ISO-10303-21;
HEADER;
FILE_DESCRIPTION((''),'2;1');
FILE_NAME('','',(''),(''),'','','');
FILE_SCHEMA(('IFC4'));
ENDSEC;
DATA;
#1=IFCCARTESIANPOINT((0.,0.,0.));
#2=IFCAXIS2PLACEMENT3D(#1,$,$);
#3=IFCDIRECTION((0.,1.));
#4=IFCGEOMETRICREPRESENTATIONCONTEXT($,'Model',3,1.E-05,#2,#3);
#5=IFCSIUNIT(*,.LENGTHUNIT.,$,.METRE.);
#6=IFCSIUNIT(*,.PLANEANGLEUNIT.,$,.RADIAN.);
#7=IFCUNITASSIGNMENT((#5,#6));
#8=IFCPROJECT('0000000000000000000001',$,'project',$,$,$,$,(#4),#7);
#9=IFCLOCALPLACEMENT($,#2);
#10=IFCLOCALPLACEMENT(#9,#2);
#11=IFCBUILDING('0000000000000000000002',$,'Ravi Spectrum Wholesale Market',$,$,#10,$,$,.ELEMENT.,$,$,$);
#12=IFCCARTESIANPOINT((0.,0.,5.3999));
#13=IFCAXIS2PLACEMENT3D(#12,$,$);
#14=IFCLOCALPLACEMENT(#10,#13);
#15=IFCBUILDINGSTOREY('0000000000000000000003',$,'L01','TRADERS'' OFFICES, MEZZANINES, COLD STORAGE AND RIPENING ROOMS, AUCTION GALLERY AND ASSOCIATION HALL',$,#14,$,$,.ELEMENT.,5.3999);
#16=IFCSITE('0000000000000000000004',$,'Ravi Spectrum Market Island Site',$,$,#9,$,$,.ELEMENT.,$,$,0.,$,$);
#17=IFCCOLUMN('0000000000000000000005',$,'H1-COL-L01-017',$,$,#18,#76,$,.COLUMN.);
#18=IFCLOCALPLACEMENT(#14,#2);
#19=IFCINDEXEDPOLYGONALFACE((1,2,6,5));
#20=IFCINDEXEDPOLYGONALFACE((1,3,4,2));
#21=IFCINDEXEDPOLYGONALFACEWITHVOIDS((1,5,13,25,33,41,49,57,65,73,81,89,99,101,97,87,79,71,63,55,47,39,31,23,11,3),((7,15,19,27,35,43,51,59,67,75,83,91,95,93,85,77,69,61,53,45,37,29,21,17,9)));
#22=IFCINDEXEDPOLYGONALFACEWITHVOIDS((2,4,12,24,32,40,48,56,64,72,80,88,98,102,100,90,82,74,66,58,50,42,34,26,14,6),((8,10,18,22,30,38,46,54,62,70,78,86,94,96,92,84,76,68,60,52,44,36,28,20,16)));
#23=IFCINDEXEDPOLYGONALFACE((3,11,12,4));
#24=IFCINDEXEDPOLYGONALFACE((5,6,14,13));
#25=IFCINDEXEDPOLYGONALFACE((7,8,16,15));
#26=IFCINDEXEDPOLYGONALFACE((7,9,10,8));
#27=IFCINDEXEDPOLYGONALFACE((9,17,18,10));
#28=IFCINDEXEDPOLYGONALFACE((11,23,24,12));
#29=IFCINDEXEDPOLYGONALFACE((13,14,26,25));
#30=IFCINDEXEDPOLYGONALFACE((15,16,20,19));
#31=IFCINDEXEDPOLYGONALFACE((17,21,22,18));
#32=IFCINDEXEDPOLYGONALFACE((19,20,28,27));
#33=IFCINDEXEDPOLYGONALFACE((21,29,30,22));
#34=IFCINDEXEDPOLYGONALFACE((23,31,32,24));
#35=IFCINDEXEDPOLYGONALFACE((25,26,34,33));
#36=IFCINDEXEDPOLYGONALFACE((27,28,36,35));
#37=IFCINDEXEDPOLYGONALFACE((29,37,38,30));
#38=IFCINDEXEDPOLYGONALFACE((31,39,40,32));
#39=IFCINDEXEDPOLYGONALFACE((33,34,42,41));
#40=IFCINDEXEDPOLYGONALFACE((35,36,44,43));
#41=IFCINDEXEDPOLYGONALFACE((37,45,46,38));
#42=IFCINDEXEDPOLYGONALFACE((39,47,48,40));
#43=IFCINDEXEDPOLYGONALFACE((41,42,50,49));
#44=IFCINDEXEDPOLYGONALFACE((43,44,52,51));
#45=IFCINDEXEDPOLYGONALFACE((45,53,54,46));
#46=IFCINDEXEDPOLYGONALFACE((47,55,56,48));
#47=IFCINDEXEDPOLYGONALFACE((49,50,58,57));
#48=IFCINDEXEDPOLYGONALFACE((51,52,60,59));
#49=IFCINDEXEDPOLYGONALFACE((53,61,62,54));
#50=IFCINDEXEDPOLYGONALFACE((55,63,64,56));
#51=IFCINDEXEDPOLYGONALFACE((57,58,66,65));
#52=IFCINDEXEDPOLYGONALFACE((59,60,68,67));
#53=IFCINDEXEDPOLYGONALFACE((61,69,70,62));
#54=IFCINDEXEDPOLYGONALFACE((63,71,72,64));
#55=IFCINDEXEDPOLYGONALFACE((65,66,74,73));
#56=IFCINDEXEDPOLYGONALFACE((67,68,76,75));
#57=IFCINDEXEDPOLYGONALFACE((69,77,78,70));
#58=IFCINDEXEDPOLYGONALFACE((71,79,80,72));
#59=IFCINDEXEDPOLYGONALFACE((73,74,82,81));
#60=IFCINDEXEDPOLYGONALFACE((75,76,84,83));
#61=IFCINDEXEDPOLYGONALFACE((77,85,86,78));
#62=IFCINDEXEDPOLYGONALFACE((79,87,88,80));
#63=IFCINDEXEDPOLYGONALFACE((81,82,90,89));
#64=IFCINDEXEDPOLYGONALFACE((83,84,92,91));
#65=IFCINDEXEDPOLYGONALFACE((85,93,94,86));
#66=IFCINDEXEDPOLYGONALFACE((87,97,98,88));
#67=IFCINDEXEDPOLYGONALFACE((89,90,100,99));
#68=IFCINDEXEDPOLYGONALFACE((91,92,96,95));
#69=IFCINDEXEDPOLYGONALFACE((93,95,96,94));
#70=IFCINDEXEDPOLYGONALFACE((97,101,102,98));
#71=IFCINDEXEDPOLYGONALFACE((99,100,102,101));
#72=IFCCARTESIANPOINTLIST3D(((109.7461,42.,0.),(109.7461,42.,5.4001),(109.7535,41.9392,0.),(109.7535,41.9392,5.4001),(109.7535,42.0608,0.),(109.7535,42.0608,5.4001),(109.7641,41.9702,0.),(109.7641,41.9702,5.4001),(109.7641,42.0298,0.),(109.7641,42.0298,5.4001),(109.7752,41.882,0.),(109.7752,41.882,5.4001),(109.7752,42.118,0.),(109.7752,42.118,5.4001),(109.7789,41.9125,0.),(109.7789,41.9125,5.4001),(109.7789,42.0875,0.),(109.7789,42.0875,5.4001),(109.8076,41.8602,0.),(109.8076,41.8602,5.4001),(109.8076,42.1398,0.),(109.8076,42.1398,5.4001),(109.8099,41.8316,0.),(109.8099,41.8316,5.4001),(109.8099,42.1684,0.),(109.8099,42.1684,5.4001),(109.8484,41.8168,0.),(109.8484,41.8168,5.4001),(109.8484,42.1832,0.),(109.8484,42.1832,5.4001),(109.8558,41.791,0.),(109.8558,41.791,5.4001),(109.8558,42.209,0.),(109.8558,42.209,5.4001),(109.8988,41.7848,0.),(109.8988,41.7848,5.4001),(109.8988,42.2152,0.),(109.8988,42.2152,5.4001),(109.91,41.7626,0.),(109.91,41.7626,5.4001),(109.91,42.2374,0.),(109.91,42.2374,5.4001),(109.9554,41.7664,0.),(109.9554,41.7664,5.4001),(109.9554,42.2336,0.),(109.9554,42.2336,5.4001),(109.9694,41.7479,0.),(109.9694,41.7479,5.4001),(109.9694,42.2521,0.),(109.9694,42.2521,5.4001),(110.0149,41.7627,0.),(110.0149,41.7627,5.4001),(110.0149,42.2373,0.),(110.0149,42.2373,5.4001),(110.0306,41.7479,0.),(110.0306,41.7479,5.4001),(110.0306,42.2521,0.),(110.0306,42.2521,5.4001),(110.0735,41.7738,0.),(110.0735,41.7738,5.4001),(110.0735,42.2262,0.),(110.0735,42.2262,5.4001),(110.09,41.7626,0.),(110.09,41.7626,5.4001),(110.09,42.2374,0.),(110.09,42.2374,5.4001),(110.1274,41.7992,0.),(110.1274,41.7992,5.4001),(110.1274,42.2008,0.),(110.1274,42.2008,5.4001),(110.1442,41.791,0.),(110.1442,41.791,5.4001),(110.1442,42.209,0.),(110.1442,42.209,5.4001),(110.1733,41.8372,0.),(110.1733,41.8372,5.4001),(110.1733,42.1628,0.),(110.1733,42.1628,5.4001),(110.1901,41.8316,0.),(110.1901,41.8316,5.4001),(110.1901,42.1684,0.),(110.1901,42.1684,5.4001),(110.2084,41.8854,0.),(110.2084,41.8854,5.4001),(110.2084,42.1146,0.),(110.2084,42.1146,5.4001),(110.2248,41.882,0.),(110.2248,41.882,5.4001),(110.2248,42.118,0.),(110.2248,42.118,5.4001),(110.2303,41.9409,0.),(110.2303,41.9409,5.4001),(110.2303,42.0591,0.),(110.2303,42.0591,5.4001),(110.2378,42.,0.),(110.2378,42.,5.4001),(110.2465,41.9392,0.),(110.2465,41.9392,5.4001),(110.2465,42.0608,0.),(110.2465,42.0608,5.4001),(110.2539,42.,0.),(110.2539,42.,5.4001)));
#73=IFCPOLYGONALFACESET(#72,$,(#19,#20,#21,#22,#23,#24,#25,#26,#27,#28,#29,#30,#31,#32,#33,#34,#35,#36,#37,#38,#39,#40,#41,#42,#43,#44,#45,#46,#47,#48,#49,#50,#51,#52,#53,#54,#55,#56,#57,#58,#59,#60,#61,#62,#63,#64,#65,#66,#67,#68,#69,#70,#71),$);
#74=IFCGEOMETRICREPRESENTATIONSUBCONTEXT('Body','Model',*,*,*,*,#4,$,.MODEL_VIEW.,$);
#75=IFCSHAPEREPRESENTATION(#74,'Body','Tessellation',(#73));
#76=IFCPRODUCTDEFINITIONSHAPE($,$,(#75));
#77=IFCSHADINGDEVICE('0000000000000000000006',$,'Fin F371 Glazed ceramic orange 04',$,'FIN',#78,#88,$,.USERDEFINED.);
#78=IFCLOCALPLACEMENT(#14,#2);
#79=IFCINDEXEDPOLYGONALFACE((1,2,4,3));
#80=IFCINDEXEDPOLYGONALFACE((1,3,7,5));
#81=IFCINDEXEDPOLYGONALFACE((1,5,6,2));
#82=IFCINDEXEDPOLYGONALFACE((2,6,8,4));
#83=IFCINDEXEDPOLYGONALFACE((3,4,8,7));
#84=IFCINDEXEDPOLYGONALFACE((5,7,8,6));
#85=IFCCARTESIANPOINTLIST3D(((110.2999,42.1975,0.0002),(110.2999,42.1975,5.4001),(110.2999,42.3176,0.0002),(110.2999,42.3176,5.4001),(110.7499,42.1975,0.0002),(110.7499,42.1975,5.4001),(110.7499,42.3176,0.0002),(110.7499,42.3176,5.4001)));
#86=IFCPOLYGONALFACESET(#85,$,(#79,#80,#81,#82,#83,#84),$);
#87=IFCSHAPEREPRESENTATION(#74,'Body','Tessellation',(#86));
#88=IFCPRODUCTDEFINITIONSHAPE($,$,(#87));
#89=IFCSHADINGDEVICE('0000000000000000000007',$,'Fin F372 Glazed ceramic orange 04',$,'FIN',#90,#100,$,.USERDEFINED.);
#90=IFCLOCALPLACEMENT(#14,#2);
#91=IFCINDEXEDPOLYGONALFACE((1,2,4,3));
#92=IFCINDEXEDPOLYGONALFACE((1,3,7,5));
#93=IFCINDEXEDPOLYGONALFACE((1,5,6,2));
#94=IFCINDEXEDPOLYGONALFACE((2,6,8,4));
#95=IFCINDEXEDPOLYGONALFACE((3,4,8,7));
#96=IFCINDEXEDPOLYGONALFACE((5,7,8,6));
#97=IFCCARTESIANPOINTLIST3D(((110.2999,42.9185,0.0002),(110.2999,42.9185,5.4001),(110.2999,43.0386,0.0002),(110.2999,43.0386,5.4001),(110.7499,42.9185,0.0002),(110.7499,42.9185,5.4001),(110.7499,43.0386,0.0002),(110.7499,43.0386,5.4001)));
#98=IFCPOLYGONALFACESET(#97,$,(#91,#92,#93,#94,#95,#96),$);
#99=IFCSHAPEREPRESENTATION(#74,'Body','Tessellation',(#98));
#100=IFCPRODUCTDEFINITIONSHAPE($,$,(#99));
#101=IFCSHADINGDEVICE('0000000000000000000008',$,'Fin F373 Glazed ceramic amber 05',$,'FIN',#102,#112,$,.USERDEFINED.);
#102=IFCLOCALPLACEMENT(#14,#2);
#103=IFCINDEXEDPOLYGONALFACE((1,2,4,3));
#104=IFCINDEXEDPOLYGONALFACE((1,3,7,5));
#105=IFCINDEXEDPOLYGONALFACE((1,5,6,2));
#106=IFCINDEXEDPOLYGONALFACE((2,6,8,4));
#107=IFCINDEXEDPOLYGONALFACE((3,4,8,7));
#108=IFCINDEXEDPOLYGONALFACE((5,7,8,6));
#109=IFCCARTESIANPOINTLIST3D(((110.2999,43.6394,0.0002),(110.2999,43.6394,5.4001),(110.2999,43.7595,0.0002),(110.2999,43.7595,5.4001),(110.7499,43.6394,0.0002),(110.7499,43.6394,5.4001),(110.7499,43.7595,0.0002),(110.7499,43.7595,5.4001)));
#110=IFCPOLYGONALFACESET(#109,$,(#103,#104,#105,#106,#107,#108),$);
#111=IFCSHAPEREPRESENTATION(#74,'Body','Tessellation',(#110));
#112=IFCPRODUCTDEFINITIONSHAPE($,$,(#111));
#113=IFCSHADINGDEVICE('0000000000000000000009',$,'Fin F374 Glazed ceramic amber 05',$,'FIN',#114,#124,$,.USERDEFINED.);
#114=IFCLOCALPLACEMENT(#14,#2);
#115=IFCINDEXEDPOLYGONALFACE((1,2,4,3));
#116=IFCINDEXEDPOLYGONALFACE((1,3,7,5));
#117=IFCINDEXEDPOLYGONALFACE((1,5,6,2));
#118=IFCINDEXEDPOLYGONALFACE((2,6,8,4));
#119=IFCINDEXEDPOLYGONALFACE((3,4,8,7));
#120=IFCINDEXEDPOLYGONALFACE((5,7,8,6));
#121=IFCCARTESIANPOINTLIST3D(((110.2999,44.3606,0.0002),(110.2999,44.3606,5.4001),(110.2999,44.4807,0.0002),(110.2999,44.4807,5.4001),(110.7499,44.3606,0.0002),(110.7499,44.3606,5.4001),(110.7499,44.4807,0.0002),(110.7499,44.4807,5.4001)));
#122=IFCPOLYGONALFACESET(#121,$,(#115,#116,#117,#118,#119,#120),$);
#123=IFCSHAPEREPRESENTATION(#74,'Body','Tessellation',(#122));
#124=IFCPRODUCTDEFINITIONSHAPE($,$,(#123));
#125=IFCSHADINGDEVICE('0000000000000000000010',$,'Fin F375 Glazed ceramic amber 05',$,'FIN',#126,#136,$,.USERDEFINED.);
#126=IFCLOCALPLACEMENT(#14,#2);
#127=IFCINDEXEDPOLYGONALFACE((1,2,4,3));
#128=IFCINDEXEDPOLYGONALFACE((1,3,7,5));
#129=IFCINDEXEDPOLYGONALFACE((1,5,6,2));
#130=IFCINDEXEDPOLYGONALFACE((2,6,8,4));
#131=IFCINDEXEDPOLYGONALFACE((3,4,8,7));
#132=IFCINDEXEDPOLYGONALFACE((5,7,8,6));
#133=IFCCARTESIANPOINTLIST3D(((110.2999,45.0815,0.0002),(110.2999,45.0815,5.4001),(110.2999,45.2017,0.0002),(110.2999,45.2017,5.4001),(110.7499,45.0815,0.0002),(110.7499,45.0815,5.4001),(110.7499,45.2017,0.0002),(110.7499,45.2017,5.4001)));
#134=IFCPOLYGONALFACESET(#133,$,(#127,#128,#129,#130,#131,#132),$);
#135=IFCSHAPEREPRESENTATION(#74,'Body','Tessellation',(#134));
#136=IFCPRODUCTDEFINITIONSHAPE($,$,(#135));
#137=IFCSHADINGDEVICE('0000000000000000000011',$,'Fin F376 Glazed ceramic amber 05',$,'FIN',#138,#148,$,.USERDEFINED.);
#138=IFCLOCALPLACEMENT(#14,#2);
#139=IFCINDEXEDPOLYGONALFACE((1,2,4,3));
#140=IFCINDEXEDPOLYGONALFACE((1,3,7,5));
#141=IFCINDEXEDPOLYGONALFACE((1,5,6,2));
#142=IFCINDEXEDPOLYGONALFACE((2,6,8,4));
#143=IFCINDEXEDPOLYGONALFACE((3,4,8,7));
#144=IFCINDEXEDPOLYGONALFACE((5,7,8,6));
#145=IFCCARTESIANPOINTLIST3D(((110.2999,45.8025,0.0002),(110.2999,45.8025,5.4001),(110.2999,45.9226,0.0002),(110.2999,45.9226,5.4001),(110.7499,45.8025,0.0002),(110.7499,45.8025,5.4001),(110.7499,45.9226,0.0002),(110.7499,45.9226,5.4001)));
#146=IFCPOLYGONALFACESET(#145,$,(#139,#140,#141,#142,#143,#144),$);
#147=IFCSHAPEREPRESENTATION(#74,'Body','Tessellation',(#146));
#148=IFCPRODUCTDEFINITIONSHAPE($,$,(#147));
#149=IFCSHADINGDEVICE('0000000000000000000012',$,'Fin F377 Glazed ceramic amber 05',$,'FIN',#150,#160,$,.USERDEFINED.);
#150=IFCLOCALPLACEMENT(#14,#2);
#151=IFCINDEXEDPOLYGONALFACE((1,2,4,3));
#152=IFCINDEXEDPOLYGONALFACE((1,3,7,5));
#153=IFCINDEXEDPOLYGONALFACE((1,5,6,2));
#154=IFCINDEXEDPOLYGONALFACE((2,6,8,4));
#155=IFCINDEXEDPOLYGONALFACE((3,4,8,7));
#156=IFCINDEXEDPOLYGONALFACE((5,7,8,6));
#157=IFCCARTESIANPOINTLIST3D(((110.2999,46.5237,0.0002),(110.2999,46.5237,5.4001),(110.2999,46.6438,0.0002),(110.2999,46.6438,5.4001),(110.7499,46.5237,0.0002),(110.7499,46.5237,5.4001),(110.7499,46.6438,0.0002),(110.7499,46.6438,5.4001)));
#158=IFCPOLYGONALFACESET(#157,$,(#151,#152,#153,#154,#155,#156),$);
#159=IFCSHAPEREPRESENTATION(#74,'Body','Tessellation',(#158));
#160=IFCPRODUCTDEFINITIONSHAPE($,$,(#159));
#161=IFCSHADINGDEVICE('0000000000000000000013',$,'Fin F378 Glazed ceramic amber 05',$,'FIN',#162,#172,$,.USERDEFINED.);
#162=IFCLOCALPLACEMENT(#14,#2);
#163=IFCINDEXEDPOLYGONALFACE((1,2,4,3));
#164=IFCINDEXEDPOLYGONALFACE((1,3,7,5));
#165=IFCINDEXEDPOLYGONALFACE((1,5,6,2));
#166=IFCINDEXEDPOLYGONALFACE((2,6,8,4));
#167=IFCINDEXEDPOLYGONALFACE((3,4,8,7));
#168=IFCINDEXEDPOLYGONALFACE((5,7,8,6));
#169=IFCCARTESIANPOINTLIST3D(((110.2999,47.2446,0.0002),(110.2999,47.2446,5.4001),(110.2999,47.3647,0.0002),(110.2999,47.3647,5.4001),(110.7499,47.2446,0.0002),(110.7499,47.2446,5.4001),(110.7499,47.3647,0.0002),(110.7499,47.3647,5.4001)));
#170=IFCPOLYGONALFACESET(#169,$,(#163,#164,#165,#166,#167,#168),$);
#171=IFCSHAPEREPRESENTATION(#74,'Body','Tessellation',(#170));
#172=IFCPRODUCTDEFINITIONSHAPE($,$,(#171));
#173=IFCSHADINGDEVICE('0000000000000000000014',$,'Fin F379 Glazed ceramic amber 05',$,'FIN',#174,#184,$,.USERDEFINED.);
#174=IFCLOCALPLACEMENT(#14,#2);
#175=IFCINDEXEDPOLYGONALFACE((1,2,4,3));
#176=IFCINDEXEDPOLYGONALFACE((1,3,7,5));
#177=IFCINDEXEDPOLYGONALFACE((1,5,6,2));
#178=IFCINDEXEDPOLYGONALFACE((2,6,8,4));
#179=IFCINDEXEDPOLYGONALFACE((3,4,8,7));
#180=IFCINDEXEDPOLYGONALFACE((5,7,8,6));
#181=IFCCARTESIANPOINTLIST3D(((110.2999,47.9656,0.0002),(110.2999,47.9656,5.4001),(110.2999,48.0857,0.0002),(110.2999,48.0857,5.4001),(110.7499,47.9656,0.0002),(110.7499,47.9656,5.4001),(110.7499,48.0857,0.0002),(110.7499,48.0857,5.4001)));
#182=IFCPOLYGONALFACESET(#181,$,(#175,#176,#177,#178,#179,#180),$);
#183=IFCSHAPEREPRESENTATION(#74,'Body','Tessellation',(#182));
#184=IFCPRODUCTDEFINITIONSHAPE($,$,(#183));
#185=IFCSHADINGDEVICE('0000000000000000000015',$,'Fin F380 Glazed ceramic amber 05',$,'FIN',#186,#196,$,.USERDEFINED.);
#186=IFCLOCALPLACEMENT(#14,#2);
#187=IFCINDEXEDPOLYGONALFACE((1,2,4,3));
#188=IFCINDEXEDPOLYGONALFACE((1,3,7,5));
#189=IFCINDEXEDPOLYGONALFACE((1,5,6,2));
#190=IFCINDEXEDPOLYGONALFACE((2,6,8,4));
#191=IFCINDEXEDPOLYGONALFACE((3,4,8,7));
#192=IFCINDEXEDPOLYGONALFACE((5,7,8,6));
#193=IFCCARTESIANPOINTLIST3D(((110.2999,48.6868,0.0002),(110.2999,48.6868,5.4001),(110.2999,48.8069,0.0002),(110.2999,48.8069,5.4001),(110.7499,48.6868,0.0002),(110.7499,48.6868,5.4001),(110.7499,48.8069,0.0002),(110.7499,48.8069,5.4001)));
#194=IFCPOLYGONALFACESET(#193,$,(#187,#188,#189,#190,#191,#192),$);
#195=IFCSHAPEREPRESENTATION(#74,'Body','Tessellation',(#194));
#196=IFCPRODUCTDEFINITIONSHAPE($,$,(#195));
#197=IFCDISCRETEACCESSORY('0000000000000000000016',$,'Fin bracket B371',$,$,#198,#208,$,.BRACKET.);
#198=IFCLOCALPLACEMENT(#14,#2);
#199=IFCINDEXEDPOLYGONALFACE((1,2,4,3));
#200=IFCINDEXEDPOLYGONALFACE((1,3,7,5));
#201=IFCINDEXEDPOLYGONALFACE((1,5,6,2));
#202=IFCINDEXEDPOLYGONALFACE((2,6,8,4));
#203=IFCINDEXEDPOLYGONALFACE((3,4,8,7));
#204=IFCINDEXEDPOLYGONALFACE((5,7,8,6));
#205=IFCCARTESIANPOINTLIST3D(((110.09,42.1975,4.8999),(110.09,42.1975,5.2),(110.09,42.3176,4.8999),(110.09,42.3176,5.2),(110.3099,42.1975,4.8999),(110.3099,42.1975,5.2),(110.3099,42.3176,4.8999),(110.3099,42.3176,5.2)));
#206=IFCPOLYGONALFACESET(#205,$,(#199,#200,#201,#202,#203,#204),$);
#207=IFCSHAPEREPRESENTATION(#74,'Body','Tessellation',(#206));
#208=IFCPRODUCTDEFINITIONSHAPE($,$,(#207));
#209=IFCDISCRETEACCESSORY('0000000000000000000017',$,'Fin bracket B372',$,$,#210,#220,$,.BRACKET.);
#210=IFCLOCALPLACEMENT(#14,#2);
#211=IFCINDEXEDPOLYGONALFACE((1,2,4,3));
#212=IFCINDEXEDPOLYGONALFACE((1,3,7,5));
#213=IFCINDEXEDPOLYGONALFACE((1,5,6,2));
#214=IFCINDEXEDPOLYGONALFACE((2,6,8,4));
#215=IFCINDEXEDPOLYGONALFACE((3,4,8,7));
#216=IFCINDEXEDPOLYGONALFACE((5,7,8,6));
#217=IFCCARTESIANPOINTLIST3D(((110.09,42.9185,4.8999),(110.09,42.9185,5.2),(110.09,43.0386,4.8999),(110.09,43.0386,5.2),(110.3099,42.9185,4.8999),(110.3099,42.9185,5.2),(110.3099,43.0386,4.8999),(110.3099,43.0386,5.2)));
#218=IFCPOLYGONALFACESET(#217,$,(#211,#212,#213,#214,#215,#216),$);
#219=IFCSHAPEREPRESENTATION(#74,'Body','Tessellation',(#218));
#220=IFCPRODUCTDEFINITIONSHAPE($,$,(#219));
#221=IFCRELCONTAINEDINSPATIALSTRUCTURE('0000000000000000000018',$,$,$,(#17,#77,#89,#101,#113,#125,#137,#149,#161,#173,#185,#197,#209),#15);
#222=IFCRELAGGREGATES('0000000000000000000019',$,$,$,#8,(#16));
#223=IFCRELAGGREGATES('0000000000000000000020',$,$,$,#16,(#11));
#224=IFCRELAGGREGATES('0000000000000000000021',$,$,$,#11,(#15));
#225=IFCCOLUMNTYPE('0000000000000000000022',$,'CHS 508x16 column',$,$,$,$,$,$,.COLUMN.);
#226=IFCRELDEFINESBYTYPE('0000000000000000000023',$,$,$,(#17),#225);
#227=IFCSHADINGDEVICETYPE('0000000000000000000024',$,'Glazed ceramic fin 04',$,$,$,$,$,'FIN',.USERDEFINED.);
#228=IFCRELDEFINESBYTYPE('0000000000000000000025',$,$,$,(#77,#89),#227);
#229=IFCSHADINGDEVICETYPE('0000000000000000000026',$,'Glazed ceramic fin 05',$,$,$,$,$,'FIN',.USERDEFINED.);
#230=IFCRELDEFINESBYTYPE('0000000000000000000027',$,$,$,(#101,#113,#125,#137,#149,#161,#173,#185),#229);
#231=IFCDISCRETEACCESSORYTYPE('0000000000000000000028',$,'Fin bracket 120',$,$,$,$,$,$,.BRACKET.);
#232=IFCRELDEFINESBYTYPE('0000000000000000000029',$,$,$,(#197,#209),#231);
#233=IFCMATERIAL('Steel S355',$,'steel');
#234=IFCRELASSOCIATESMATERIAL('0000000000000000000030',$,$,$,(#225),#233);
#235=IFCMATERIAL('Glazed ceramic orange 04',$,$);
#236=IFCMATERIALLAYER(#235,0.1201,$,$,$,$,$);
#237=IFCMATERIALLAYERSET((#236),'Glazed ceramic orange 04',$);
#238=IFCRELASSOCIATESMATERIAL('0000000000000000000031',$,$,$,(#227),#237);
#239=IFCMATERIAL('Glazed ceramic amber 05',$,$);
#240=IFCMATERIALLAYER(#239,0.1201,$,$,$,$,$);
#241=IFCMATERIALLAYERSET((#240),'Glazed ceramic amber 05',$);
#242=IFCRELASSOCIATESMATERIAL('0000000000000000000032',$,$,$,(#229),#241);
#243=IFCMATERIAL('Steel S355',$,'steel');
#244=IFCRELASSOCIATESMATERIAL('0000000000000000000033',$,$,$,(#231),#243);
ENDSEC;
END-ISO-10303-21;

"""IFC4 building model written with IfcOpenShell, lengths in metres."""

from ifc_helpers import new_model, si_unit, direction, frame, origin, origin_2d, place, context, subcontext, project, spatial, rectangle, hollow_circle, extrude, material, layer, layer_set, material_profile, profile_set, type_object, element, save


model = new_model("IFC4")

# Units and contexts
model_context = context("Model", 3, precision=1e-05, world=origin(), true_north=direction((0.0, 1.0)))
body_context = subcontext(model_context, "Body", "Model", "MODEL_VIEW")
ifc_project = project(units=[si_unit("LENGTHUNIT", "METRE"), si_unit("PLANEANGLEUNIT", "RADIAN")], contexts=[model_context])

# Site, building, storey
site_placement = place(None, origin())
site = spatial("IfcSite", under=ifc_project, at=site_placement, Name="Ravi Spectrum Market Island Site", CompositionType="ELEMENT", RefElevation=0.0)
building_placement = place(site_placement, origin())
building = spatial("IfcBuilding", under=site, at=building_placement, Name="Ravi Spectrum Wholesale Market", CompositionType="ELEMENT")
storey_placement = place(building_placement, frame((0.0, 0.0, 5.3999)))
storey = spatial("IfcBuildingStorey", under=building, at=storey_placement, Name="L01", Description="TRADERS' OFFICES, MEZZANINES, COLD STORAGE AND RIPENING ROOMS, AUCTION GALLERY AND ASSOCIATION HALL", CompositionType="ELEMENT", Elevation=5.3999)

# Column
ifc_material_1 = material(Name="Steel S355", Category="steel")
ifc_material_profile_1 = material_profile(ifc_material_1, hollow_circle(Radius=0.2539, WallThickness=0.0161, at=origin_2d()))
ifc_profile_set_1 = profile_set([ifc_material_profile_1], Name="Steel S355")
column_type = type_object("IfcColumnType", Name="CHS 508x16 column", PredefinedType="COLUMN", material=ifc_profile_set_1)
column_placement = place(storey_placement, frame((110.0, 42.0, 0.0), z_axis=(0.0, 0.0, 1.0), x_axis=(1.0, 0.0, 0.0)))
element("IfcColumn", 1, at=column_placement, inside=storey, type_object=column_type, Name="H1-COL-L01-017", PredefinedType="COLUMN", context=body_context, shape_type="SweptSolid", body=[
    extrude(hollow_circle(Radius=0.2539, WallThickness=0.0161, at=origin_2d()), origin(), (0.0, 0.0, 1.0), 5.4001),
])

# Shading devices
ifc_material_2 = material(Name="Glazed ceramic orange 04")
ifc_layer_1 = layer(ifc_material_2, 0.1201)
ifc_layer_set_1 = layer_set([ifc_layer_1], Name="Glazed ceramic orange 04")
shading_device_type_1 = type_object("IfcShadingDeviceType", Name="Glazed ceramic fin 04", ElementType="FIN", PredefinedType="USERDEFINED", material=ifc_layer_set_1)
for number, where, z_axis, x_axis, name in (
    (2, (110.5249, 42.2576, 0.0002), (0.0, 0.0, 1.0), (0.0, 1.0, 0.0), "Fin F371 Glazed ceramic orange 04"),
    (3, (110.5249, 42.9785, 0.0002), (0.0, 0.0, 1.0), (0.0, 1.0, 0.0), "Fin F372 Glazed ceramic orange 04"),
):
    element("IfcShadingDevice", number, at=place(storey_placement, frame(where, z_axis=z_axis, x_axis=x_axis)), inside=storey, type_object=shading_device_type_1, Name=name, ObjectType="FIN", PredefinedType="USERDEFINED", context=body_context, shape_type="SweptSolid", body=[
        extrude(rectangle(XDim=0.1201, YDim=0.45, at=origin_2d()), origin(), (0.0, 0.0, 1.0), 5.3999),
    ])
ifc_material_3 = material(Name="Glazed ceramic amber 05")
ifc_layer_2 = layer(ifc_material_3, 0.1201)
ifc_layer_set_2 = layer_set([ifc_layer_2], Name="Glazed ceramic amber 05")
shading_device_type_2 = type_object("IfcShadingDeviceType", Name="Glazed ceramic fin 05", ElementType="FIN", PredefinedType="USERDEFINED", material=ifc_layer_set_2)
for number, where, z_axis, x_axis, name in (
    (4, (110.5249, 43.6995, 0.0002), (0.0, 0.0, 1.0), (0.0, 1.0, 0.0), "Fin F373 Glazed ceramic amber 05"),
    (5, (110.5249, 44.4207, 0.0002), (0.0, 0.0, 1.0), (0.0, 1.0, 0.0), "Fin F374 Glazed ceramic amber 05"),
    (6, (110.5249, 45.1416, 0.0002), (0.0, 0.0, 1.0), (0.0, 1.0, 0.0), "Fin F375 Glazed ceramic amber 05"),
    (7, (110.5249, 45.8625, 0.0002), (0.0, 0.0, 1.0), (0.0, 1.0, 0.0), "Fin F376 Glazed ceramic amber 05"),
    (8, (110.5249, 46.5837, 0.0002), (0.0, 0.0, 1.0), (0.0, 1.0, 0.0), "Fin F377 Glazed ceramic amber 05"),
    (9, (110.5249, 47.3047, 0.0002), (0.0, 0.0, 1.0), (0.0, 1.0, 0.0), "Fin F378 Glazed ceramic amber 05"),
    (10, (110.5249, 48.0256, 0.0002), (0.0, 0.0, 1.0), (0.0, 1.0, 0.0), "Fin F379 Glazed ceramic amber 05"),
    (11, (110.5249, 48.7468, 0.0002), (0.0, 0.0, 1.0), (0.0, 1.0, 0.0), "Fin F380 Glazed ceramic amber 05"),
):
    element("IfcShadingDevice", number, at=place(storey_placement, frame(where, z_axis=z_axis, x_axis=x_axis)), inside=storey, type_object=shading_device_type_2, Name=name, ObjectType="FIN", PredefinedType="USERDEFINED", context=body_context, shape_type="SweptSolid", body=[
        extrude(rectangle(XDim=0.1201, YDim=0.45, at=origin_2d()), origin(), (0.0, 0.0, 1.0), 5.3999),
    ])

# Discrete accessories
ifc_material_4 = material(Name="Steel S355", Category="steel")
discrete_accessory_type_1 = type_object("IfcDiscreteAccessoryType", Name="Fin bracket 120", PredefinedType="BRACKET", material=ifc_material_4)
for number, where, z_axis, x_axis, name in (
    (12, (110.2, 42.2576, 4.8999), (0.0, 0.0, 1.0), (0.0, 1.0, 0.0), "Fin bracket B371"),
    (13, (110.2, 42.9785, 4.8999), (0.0, 0.0, 1.0), (0.0, 1.0, 0.0), "Fin bracket B372"),
):
    element("IfcDiscreteAccessory", number, at=place(storey_placement, frame(where, z_axis=z_axis, x_axis=x_axis)), inside=storey, type_object=discrete_accessory_type_1, Name=name, PredefinedType="BRACKET", context=body_context, shape_type="SweptSolid", body=[
        extrude(rectangle(XDim=0.1201, YDim=0.22, at=origin_2d()), origin(), (0.0, 0.0, 1.0), 0.3),
    ])

save(model, "model.ifc")
